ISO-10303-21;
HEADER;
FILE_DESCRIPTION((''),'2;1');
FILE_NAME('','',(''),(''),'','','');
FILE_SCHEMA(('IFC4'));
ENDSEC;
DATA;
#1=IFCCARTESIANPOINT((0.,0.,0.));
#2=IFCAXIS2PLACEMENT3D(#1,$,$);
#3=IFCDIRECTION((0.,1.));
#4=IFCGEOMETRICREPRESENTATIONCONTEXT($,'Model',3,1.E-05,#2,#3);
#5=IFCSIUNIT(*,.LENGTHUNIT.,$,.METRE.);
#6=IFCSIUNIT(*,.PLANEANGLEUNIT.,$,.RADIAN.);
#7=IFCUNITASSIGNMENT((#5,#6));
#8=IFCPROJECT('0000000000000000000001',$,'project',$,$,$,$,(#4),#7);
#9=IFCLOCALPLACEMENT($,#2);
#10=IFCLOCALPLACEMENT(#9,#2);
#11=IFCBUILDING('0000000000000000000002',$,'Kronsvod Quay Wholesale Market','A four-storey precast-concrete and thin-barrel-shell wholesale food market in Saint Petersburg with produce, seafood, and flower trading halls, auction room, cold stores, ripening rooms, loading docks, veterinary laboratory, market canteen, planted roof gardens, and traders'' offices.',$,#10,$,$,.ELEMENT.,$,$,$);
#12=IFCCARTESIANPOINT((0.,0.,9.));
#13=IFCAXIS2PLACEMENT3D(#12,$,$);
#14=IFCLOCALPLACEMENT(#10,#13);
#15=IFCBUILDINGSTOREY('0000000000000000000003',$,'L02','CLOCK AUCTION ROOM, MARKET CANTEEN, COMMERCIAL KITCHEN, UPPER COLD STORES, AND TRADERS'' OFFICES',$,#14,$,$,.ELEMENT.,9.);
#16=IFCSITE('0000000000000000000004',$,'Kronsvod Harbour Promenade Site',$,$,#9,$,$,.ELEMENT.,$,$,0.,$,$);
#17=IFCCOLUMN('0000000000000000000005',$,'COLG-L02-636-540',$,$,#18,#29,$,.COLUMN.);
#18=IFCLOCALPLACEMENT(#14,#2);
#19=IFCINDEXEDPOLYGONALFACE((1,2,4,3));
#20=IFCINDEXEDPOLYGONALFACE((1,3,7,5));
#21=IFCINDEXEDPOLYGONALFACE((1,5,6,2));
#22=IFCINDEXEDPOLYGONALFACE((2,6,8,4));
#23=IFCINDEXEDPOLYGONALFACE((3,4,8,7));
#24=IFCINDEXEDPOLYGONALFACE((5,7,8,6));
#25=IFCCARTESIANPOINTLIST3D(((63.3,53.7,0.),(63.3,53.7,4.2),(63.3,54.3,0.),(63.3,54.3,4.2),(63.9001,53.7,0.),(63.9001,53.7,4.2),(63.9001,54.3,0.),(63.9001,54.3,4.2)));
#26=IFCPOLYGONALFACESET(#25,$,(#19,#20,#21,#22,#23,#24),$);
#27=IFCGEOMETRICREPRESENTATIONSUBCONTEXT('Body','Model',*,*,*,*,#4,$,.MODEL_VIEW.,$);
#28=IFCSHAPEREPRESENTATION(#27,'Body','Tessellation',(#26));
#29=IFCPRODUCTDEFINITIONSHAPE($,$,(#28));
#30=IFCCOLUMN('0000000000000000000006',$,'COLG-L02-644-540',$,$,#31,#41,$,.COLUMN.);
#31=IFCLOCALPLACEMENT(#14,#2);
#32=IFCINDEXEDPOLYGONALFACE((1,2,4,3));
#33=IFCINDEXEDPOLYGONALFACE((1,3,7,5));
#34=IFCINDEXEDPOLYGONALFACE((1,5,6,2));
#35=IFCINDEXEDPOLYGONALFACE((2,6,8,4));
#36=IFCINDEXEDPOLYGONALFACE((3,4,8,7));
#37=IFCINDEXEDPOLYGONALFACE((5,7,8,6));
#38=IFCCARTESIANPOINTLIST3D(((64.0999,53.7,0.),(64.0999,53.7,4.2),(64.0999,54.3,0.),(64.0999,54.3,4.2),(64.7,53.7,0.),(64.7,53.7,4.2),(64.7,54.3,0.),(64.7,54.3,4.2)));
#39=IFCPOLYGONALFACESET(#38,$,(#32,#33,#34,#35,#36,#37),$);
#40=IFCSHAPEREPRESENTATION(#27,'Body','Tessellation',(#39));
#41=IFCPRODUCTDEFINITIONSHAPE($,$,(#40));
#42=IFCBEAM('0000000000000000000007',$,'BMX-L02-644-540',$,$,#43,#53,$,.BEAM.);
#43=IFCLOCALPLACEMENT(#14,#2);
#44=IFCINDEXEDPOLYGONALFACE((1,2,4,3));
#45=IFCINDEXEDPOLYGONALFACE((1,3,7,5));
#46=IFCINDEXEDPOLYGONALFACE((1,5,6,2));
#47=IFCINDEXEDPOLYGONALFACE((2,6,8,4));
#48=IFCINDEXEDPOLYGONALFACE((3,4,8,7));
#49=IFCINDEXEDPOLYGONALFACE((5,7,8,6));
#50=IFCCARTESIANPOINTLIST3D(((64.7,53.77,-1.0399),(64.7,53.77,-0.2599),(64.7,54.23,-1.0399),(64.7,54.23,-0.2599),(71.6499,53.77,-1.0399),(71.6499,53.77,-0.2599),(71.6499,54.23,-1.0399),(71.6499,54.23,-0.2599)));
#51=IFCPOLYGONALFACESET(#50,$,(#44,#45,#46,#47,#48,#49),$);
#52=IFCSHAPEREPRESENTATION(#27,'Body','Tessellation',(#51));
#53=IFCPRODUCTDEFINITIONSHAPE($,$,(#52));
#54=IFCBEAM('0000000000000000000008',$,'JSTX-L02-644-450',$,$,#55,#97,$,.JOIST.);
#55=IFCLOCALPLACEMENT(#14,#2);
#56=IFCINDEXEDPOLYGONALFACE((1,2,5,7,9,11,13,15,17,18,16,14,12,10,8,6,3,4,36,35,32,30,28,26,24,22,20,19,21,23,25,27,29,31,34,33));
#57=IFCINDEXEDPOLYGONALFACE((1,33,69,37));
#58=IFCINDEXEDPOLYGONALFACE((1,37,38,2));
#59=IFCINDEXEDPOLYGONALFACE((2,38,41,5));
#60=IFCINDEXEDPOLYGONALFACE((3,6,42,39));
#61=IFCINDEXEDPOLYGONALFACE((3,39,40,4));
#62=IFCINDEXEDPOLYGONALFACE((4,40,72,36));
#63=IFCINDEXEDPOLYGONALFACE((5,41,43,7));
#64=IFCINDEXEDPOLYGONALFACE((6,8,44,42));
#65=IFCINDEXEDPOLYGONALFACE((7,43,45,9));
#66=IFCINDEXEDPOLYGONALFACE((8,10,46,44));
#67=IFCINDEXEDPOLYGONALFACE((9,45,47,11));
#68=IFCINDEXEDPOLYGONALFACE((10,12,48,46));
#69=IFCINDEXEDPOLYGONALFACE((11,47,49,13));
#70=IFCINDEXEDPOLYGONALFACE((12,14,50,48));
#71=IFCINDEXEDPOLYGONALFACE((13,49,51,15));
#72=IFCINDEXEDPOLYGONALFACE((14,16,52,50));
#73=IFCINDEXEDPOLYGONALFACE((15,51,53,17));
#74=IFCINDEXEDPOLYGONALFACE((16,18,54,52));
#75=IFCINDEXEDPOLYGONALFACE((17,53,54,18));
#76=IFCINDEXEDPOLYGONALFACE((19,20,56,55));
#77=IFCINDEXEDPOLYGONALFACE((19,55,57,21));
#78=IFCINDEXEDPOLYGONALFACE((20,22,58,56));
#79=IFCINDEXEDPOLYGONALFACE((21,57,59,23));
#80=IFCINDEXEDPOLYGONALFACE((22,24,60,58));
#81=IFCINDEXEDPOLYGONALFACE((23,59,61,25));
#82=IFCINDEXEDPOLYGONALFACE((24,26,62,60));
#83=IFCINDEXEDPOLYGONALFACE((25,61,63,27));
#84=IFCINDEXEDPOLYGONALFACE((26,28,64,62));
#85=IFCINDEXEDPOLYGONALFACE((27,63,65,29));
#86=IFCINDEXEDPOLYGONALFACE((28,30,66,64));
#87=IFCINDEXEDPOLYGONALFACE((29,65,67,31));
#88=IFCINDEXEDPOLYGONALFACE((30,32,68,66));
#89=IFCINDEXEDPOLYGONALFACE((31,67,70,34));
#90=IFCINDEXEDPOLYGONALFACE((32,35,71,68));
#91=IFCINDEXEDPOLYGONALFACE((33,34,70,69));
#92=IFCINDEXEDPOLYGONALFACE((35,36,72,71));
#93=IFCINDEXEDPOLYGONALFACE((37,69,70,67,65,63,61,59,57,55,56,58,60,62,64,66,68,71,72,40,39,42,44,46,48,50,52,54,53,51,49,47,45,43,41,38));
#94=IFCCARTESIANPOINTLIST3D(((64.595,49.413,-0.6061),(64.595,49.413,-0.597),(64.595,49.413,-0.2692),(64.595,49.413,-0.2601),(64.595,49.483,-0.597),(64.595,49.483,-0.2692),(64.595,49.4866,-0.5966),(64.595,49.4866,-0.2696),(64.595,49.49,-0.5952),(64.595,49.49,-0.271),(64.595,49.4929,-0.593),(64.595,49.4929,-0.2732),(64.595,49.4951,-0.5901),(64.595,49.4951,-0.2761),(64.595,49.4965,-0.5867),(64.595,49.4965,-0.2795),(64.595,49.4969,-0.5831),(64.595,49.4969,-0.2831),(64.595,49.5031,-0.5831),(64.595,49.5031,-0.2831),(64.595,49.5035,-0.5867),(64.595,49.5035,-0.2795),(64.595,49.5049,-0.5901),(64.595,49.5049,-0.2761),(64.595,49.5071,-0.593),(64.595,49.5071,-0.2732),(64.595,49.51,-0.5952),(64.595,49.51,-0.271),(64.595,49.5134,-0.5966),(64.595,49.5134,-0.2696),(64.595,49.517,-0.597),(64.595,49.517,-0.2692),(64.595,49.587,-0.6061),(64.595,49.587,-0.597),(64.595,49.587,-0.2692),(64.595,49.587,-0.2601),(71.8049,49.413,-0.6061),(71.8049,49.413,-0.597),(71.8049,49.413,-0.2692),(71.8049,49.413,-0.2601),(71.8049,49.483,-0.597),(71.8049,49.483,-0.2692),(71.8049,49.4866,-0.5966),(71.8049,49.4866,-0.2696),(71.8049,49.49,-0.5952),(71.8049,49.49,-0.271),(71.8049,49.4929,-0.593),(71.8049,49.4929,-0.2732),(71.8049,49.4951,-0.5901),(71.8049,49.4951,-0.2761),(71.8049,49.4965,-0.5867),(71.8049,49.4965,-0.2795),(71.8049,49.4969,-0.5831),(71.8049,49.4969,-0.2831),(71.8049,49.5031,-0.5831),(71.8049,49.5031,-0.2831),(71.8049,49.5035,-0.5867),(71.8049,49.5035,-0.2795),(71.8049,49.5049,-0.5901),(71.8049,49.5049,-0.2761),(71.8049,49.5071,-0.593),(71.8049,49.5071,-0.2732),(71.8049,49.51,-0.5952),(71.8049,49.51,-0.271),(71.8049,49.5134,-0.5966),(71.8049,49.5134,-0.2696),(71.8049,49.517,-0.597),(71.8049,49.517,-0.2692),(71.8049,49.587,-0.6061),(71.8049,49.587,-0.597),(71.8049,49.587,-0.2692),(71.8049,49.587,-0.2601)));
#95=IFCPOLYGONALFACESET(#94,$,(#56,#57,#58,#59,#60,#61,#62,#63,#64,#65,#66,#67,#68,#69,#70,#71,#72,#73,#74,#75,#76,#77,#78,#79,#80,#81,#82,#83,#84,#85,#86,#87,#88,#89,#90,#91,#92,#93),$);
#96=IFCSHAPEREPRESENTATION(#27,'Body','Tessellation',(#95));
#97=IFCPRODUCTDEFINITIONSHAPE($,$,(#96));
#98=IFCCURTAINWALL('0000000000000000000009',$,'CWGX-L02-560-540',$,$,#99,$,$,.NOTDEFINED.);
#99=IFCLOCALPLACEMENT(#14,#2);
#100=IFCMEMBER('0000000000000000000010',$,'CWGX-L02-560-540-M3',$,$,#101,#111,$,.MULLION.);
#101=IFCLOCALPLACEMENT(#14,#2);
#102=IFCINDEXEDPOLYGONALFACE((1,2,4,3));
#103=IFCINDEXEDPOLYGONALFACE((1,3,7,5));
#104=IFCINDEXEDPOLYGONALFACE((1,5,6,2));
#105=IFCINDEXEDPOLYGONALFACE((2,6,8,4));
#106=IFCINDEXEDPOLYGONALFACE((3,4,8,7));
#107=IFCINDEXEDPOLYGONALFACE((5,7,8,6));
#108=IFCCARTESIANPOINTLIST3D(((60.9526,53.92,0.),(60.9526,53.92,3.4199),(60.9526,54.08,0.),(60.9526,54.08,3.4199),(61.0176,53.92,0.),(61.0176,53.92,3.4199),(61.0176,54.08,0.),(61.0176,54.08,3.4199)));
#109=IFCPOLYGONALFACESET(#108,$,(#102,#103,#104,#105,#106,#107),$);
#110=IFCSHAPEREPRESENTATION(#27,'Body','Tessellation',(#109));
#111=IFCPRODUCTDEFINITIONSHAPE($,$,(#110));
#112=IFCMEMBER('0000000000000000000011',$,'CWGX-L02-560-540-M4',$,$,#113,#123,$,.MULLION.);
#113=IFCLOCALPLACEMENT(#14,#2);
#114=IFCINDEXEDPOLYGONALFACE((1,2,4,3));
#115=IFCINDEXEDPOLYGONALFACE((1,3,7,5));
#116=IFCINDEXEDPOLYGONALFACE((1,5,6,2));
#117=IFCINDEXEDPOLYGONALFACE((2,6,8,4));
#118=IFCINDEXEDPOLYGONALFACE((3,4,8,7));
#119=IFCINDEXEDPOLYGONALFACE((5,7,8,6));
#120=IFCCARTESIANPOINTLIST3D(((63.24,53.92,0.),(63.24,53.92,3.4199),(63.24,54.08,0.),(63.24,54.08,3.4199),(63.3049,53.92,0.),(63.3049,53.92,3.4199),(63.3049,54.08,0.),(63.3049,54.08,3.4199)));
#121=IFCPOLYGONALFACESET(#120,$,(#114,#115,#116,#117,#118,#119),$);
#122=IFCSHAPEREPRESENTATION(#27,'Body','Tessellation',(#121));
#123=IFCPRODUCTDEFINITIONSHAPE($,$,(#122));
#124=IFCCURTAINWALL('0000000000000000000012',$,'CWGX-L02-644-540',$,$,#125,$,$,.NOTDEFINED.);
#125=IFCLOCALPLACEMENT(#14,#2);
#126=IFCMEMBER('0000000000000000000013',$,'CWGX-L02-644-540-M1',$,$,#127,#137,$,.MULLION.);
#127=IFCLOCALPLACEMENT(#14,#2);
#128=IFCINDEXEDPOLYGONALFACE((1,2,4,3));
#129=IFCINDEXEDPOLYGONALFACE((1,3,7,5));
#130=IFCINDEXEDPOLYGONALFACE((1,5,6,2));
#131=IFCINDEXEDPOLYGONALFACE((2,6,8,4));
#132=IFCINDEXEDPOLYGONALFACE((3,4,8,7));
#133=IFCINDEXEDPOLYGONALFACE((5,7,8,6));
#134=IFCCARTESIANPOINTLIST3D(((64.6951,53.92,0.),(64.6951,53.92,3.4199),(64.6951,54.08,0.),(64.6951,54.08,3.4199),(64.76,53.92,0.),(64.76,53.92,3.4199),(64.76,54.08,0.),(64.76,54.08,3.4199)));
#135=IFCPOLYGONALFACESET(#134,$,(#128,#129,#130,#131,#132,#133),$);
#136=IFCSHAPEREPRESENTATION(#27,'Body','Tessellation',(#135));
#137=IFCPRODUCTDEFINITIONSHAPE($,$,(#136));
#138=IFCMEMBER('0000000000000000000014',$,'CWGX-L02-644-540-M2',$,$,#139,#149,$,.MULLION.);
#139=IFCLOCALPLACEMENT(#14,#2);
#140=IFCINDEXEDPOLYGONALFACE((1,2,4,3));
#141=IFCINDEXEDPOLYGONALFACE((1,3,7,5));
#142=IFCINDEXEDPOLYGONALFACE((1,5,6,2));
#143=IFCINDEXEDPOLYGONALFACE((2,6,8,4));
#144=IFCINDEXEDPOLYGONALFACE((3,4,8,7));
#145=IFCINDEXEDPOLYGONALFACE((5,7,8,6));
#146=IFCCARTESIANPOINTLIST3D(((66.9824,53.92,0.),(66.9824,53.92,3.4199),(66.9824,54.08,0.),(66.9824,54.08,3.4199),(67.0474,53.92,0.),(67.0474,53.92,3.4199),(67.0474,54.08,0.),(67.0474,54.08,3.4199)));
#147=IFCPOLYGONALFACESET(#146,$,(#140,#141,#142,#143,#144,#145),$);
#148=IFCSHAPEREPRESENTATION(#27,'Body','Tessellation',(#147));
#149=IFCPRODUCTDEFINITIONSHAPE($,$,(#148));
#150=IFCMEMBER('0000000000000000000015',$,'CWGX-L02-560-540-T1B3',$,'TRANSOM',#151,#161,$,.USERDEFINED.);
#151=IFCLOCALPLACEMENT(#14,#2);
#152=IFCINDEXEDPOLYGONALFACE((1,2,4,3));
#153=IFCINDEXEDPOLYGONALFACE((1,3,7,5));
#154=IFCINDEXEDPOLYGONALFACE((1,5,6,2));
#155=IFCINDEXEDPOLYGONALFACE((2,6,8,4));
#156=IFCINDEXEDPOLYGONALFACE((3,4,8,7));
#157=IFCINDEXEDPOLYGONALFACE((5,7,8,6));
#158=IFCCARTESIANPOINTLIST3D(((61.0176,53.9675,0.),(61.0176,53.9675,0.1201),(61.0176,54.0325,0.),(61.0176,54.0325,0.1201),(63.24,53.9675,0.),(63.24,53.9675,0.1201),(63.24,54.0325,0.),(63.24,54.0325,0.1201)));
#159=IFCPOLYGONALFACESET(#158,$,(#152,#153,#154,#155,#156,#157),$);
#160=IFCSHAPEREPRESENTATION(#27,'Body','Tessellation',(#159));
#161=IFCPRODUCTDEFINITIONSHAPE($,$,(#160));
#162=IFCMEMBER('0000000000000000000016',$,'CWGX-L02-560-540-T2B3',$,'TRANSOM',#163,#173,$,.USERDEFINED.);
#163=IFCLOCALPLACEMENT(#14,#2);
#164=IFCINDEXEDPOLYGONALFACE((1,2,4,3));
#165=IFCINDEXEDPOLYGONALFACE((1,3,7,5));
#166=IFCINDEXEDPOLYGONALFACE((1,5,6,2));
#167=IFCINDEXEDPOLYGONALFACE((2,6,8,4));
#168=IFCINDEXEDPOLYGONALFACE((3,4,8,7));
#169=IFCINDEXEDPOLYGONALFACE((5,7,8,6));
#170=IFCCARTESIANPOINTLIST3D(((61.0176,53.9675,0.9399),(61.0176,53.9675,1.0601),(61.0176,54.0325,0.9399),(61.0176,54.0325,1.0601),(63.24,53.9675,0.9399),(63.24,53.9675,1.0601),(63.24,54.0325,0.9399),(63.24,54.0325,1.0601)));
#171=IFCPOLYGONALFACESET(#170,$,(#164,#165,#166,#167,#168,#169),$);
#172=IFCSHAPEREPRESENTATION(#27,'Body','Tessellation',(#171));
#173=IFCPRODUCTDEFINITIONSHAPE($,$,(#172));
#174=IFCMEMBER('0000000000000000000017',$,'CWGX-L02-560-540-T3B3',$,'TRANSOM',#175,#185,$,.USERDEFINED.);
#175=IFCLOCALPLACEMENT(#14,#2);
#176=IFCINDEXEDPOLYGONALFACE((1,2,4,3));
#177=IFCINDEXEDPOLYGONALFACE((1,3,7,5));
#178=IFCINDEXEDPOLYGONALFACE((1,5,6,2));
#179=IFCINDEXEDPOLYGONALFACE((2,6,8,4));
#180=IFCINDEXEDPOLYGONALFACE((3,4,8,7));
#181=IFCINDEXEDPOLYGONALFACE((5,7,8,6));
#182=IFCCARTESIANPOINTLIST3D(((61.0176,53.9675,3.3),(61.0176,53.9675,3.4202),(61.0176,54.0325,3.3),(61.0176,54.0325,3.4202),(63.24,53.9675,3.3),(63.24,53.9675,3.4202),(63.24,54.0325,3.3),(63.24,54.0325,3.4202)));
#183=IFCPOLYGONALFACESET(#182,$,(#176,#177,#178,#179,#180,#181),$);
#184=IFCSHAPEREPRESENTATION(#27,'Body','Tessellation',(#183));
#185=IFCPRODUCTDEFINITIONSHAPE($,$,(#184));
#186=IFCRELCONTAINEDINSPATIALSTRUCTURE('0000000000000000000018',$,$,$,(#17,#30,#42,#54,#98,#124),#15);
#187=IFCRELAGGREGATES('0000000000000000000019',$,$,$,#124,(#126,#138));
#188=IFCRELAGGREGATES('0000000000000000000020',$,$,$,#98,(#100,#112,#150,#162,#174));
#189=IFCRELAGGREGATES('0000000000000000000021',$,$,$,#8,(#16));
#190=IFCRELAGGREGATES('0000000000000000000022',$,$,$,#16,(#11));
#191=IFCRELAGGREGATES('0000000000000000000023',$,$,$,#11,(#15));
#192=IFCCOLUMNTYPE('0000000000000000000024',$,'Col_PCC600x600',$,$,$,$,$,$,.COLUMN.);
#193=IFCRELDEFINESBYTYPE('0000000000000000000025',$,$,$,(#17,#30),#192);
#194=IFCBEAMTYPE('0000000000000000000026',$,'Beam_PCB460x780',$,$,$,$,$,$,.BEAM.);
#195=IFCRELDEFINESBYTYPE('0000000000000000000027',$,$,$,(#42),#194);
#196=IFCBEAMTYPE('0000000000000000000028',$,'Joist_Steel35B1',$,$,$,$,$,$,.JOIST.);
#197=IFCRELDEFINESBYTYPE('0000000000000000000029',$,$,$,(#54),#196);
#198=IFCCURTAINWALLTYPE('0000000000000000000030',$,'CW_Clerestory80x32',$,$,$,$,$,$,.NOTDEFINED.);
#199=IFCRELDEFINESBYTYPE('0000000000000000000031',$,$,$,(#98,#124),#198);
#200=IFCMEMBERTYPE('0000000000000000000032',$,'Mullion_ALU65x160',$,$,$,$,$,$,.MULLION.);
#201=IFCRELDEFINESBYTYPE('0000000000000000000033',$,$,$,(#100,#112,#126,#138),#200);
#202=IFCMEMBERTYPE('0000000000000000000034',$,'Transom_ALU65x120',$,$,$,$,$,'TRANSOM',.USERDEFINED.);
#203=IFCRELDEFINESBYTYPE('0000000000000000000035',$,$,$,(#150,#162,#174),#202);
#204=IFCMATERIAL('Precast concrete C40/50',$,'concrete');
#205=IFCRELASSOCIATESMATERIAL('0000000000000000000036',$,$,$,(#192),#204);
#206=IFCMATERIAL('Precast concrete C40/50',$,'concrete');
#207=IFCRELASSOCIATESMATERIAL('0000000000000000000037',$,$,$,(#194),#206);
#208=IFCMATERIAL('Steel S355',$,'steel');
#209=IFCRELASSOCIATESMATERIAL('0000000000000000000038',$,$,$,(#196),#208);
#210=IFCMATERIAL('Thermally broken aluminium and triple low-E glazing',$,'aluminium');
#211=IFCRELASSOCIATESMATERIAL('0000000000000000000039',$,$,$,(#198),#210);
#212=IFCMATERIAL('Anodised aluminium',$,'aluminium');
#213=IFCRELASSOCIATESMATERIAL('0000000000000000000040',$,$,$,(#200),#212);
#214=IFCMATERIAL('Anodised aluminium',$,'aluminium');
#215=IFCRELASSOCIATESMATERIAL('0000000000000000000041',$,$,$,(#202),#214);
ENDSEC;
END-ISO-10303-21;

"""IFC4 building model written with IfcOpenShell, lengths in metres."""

from ifc_helpers import new_model, si_unit, direction, frame, origin, origin_2d, place, context, subcontext, project, spatial, rectangle, i_section, extrude, material, material_profile, profile_set, type_object, element, aggregate, save


model = new_model("IFC4")

# Units and contexts
model_context = context("Model", 3, precision=1e-05, world=origin(), true_north=direction((0.0, 1.0)))
body_context = subcontext(model_context, "Body", "Model", "MODEL_VIEW")
ifc_project = project(units=[si_unit("LENGTHUNIT", "METRE"), si_unit("PLANEANGLEUNIT", "RADIAN")], contexts=[model_context])

# Site, building, storey
site_placement = place(None, origin())
site = spatial("IfcSite", under=ifc_project, at=site_placement, Name="Kronsvod Harbour Promenade Site", CompositionType="ELEMENT", RefElevation=0.0)
building_placement = place(site_placement, origin())
building = spatial("IfcBuilding", under=site, at=building_placement, Name="Kronsvod Quay Wholesale Market", Description="A four-storey precast-concrete and thin-barrel-shell wholesale food market in Saint Petersburg with produce, seafood, and flower trading halls, auction room, cold stores, ripening rooms, loading docks, veterinary laboratory, market canteen, planted roof gardens, and traders' offices.", CompositionType="ELEMENT")
storey_placement = place(building_placement, frame((0.0, 0.0, 9.0)))
storey = spatial("IfcBuildingStorey", under=building, at=storey_placement, Name="L02", Description="CLOCK AUCTION ROOM, MARKET CANTEEN, COMMERCIAL KITCHEN, UPPER COLD STORES, AND TRADERS' OFFICES", CompositionType="ELEMENT", Elevation=9.0)

# Columns
ifc_material_1 = material(Name="Precast concrete C40/50", Category="concrete")
ifc_material_profile_1 = material_profile(ifc_material_1, rectangle(XDim=0.6001, YDim=0.6001, at=origin_2d()), Name="PCC600x600")
ifc_profile_set_1 = profile_set([ifc_material_profile_1], Name="Precast concrete C40/50")
column_type = type_object("IfcColumnType", Name="Col_PCC600x600", PredefinedType="COLUMN", material=ifc_profile_set_1)
for number, where, z_axis, x_axis, name in (
    (1, (63.6001, 54.0, 0.0), (0.0, 0.0, 1.0), (1.0, 0.0, 0.0), "COLG-L02-636-540"),
    (2, (64.3999, 54.0, 0.0), (0.0, 0.0, 1.0), (1.0, 0.0, 0.0), "COLG-L02-644-540"),
):
    element("IfcColumn", number, at=place(storey_placement, frame(where, z_axis=z_axis, x_axis=x_axis)), inside=storey, type_object=column_type, Name=name, PredefinedType="COLUMN", context=body_context, shape_type="SweptSolid", body=[
        extrude(rectangle(XDim=0.6001, YDim=0.6001, at=origin_2d()), origin(), (0.0, 0.0, 1.0), 4.2),
    ])

# Beams
ifc_material_2 = material(Name="Precast concrete C40/50", Category="concrete")
ifc_material_profile_2 = material_profile(ifc_material_2, rectangle(XDim=0.46, YDim=0.78, at=origin_2d()), Name="PB-03")
ifc_profile_set_2 = profile_set([ifc_material_profile_2], Name="Precast concrete C40/50")
beam_type_1 = type_object("IfcBeamType", Name="Beam_PCB460x780", PredefinedType="BEAM", material=ifc_profile_set_2)
beam_1_placement = place(storey_placement, frame((64.7, 54.0, -0.6499), z_axis=(1.0, 0.0, 0.0), x_axis=(0.0, 1.0, 0.0)))
element("IfcBeam", 3, at=beam_1_placement, inside=storey, type_object=beam_type_1, Name="BMX-L02-644-540", PredefinedType="BEAM", context=body_context, shape_type="SweptSolid", body=[
    extrude(rectangle(XDim=0.46, YDim=0.78, at=origin_2d()), origin(), (0.0, 0.0, 1.0), 6.95),
])
ifc_material_3 = material(Name="Steel S355", Category="steel")
ifc_material_profile_3 = material_profile(ifc_material_3, i_section(OverallWidth=0.1741, OverallDepth=0.3459, WebThickness=0.0061, FlangeThickness=0.009, FilletRadius=0.0139, at=origin_2d()), Name="35B1")
ifc_profile_set_3 = profile_set([ifc_material_profile_3], Name="Steel S355")
beam_type_2 = type_object("IfcBeamType", Name="Joist_Steel35B1", PredefinedType="JOIST", material=ifc_profile_set_3)
beam_2_placement = place(storey_placement, frame((64.595, 49.5, -0.4331), z_axis=(1.0, 0.0, 0.0), x_axis=(0.0, 1.0, 0.0)))
element("IfcBeam", 4, at=beam_2_placement, inside=storey, type_object=beam_type_2, Name="JSTX-L02-644-450", PredefinedType="JOIST", context=body_context, shape_type="SweptSolid", body=[
    extrude(i_section(OverallWidth=0.1741, OverallDepth=0.3459, WebThickness=0.0061, FlangeThickness=0.009, FilletRadius=0.0139, at=origin_2d()), origin(), (0.0, 0.0, 1.0), 7.21),
])

# Curtain walls, members
ifc_material_4 = material(Name="Thermally broken aluminium and triple low-E glazing", Category="aluminium")
curtain_wall_type = type_object("IfcCurtainWallType", Name="CW_Clerestory80x32", PredefinedType="NOTDEFINED", material=ifc_material_4)
curtain_wall_1_placement = place(storey_placement, origin())
curtain_wall_1 = element("IfcCurtainWall", 5, at=curtain_wall_1_placement, inside=storey, type_object=curtain_wall_type, Name="CWGX-L02-560-540", PredefinedType="NOTDEFINED")
ifc_material_5 = material(Name="Anodised aluminium", Category="aluminium")
ifc_material_profile_4 = material_profile(ifc_material_5, rectangle(XDim=0.0649, YDim=0.1599, at=origin_2d()), Name="ALUM65x160")
ifc_profile_set_4 = profile_set([ifc_material_profile_4], Name="Anodised aluminium")
member_type_1 = type_object("IfcMemberType", Name="Mullion_ALU65x160", PredefinedType="MULLION", material=ifc_profile_set_4)
member_1_placement = place(storey_placement, frame((60.9851, 54.0, 0.0), z_axis=(0.0, 0.0, 1.0), x_axis=(1.0, 0.0, 0.0)))
member_1 = element("IfcMember", 6, at=member_1_placement, type_object=member_type_1, Name="CWGX-L02-560-540-M3", PredefinedType="MULLION", context=body_context, shape_type="SweptSolid", body=[
    extrude(rectangle(XDim=0.0649, YDim=0.1599, at=origin_2d()), origin(), (0.0, 0.0, 1.0), 3.4199),
])
member_2_placement = place(storey_placement, frame((63.2725, 54.0, 0.0), z_axis=(0.0, 0.0, 1.0), x_axis=(1.0, 0.0, 0.0)))
member_2 = element("IfcMember", 7, at=member_2_placement, type_object=member_type_1, Name="CWGX-L02-560-540-M4", PredefinedType="MULLION", context=body_context, shape_type="SweptSolid", body=[
    extrude(rectangle(XDim=0.0649, YDim=0.1599, at=origin_2d()), origin(), (0.0, 0.0, 1.0), 3.4199),
])
curtain_wall_2_placement = place(storey_placement, origin())
curtain_wall_2 = element("IfcCurtainWall", 8, at=curtain_wall_2_placement, inside=storey, type_object=curtain_wall_type, Name="CWGX-L02-644-540", PredefinedType="NOTDEFINED")
member_3_placement = place(storey_placement, frame((64.7275, 54.0, 0.0), z_axis=(0.0, 0.0, 1.0), x_axis=(1.0, 0.0, 0.0)))
member_3 = element("IfcMember", 9, at=member_3_placement, type_object=member_type_1, Name="CWGX-L02-644-540-M1", PredefinedType="MULLION", context=body_context, shape_type="SweptSolid", body=[
    extrude(rectangle(XDim=0.0649, YDim=0.1599, at=origin_2d()), origin(), (0.0, 0.0, 1.0), 3.4199),
])
member_4_placement = place(storey_placement, frame((67.0149, 54.0, 0.0), z_axis=(0.0, 0.0, 1.0), x_axis=(1.0, 0.0, 0.0)))
member_4 = element("IfcMember", 10, at=member_4_placement, type_object=member_type_1, Name="CWGX-L02-644-540-M2", PredefinedType="MULLION", context=body_context, shape_type="SweptSolid", body=[
    extrude(rectangle(XDim=0.0649, YDim=0.1599, at=origin_2d()), origin(), (0.0, 0.0, 1.0), 3.4199),
])

# Members
ifc_material_6 = material(Name="Anodised aluminium", Category="aluminium")
ifc_material_profile_5 = material_profile(ifc_material_6, rectangle(XDim=0.0649, YDim=0.1201, at=origin_2d()), Name="ALUT65x120")
ifc_profile_set_5 = profile_set([ifc_material_profile_5], Name="Anodised aluminium")
member_type_2 = type_object("IfcMemberType", Name="Transom_ALU65x120", ElementType="TRANSOM", PredefinedType="USERDEFINED", material=ifc_profile_set_5)
member_5_placement = place(storey_placement, frame((61.0176, 54.0, 0.0601), z_axis=(1.0, 0.0, 0.0), x_axis=(0.0, 1.0, 0.0)))
member_5 = element("IfcMember", 11, at=member_5_placement, type_object=member_type_2, Name="CWGX-L02-560-540-T1B3", ObjectType="TRANSOM", PredefinedType="USERDEFINED", context=body_context, shape_type="SweptSolid", body=[
    extrude(rectangle(XDim=0.0649, YDim=0.1201, at=origin_2d()), origin(), (0.0, 0.0, 1.0), 2.2224),
])
member_6_placement = place(storey_placement, frame((61.0176, 54.0, 1.0), z_axis=(1.0, 0.0, 0.0), x_axis=(0.0, 1.0, 0.0)))
member_6 = element("IfcMember", 12, at=member_6_placement, type_object=member_type_2, Name="CWGX-L02-560-540-T2B3", ObjectType="TRANSOM", PredefinedType="USERDEFINED", context=body_context, shape_type="SweptSolid", body=[
    extrude(rectangle(XDim=0.0649, YDim=0.1201, at=origin_2d()), origin(), (0.0, 0.0, 1.0), 2.2224),
])
member_7_placement = place(storey_placement, frame((61.0176, 54.0, 3.3601), z_axis=(1.0, 0.0, 0.0), x_axis=(0.0, 1.0, 0.0)))
member_7 = element("IfcMember", 13, at=member_7_placement, type_object=member_type_2, Name="CWGX-L02-560-540-T3B3", ObjectType="TRANSOM", PredefinedType="USERDEFINED", context=body_context, shape_type="SweptSolid", body=[
    extrude(rectangle(XDim=0.0649, YDim=0.1201, at=origin_2d()), origin(), (0.0, 0.0, 1.0), 2.2224),
])

aggregate(curtain_wall_2, [member_3, member_4])
aggregate(curtain_wall_1, [member_1, member_2, member_5, member_6, member_7])

save(model, "model.ifc")
